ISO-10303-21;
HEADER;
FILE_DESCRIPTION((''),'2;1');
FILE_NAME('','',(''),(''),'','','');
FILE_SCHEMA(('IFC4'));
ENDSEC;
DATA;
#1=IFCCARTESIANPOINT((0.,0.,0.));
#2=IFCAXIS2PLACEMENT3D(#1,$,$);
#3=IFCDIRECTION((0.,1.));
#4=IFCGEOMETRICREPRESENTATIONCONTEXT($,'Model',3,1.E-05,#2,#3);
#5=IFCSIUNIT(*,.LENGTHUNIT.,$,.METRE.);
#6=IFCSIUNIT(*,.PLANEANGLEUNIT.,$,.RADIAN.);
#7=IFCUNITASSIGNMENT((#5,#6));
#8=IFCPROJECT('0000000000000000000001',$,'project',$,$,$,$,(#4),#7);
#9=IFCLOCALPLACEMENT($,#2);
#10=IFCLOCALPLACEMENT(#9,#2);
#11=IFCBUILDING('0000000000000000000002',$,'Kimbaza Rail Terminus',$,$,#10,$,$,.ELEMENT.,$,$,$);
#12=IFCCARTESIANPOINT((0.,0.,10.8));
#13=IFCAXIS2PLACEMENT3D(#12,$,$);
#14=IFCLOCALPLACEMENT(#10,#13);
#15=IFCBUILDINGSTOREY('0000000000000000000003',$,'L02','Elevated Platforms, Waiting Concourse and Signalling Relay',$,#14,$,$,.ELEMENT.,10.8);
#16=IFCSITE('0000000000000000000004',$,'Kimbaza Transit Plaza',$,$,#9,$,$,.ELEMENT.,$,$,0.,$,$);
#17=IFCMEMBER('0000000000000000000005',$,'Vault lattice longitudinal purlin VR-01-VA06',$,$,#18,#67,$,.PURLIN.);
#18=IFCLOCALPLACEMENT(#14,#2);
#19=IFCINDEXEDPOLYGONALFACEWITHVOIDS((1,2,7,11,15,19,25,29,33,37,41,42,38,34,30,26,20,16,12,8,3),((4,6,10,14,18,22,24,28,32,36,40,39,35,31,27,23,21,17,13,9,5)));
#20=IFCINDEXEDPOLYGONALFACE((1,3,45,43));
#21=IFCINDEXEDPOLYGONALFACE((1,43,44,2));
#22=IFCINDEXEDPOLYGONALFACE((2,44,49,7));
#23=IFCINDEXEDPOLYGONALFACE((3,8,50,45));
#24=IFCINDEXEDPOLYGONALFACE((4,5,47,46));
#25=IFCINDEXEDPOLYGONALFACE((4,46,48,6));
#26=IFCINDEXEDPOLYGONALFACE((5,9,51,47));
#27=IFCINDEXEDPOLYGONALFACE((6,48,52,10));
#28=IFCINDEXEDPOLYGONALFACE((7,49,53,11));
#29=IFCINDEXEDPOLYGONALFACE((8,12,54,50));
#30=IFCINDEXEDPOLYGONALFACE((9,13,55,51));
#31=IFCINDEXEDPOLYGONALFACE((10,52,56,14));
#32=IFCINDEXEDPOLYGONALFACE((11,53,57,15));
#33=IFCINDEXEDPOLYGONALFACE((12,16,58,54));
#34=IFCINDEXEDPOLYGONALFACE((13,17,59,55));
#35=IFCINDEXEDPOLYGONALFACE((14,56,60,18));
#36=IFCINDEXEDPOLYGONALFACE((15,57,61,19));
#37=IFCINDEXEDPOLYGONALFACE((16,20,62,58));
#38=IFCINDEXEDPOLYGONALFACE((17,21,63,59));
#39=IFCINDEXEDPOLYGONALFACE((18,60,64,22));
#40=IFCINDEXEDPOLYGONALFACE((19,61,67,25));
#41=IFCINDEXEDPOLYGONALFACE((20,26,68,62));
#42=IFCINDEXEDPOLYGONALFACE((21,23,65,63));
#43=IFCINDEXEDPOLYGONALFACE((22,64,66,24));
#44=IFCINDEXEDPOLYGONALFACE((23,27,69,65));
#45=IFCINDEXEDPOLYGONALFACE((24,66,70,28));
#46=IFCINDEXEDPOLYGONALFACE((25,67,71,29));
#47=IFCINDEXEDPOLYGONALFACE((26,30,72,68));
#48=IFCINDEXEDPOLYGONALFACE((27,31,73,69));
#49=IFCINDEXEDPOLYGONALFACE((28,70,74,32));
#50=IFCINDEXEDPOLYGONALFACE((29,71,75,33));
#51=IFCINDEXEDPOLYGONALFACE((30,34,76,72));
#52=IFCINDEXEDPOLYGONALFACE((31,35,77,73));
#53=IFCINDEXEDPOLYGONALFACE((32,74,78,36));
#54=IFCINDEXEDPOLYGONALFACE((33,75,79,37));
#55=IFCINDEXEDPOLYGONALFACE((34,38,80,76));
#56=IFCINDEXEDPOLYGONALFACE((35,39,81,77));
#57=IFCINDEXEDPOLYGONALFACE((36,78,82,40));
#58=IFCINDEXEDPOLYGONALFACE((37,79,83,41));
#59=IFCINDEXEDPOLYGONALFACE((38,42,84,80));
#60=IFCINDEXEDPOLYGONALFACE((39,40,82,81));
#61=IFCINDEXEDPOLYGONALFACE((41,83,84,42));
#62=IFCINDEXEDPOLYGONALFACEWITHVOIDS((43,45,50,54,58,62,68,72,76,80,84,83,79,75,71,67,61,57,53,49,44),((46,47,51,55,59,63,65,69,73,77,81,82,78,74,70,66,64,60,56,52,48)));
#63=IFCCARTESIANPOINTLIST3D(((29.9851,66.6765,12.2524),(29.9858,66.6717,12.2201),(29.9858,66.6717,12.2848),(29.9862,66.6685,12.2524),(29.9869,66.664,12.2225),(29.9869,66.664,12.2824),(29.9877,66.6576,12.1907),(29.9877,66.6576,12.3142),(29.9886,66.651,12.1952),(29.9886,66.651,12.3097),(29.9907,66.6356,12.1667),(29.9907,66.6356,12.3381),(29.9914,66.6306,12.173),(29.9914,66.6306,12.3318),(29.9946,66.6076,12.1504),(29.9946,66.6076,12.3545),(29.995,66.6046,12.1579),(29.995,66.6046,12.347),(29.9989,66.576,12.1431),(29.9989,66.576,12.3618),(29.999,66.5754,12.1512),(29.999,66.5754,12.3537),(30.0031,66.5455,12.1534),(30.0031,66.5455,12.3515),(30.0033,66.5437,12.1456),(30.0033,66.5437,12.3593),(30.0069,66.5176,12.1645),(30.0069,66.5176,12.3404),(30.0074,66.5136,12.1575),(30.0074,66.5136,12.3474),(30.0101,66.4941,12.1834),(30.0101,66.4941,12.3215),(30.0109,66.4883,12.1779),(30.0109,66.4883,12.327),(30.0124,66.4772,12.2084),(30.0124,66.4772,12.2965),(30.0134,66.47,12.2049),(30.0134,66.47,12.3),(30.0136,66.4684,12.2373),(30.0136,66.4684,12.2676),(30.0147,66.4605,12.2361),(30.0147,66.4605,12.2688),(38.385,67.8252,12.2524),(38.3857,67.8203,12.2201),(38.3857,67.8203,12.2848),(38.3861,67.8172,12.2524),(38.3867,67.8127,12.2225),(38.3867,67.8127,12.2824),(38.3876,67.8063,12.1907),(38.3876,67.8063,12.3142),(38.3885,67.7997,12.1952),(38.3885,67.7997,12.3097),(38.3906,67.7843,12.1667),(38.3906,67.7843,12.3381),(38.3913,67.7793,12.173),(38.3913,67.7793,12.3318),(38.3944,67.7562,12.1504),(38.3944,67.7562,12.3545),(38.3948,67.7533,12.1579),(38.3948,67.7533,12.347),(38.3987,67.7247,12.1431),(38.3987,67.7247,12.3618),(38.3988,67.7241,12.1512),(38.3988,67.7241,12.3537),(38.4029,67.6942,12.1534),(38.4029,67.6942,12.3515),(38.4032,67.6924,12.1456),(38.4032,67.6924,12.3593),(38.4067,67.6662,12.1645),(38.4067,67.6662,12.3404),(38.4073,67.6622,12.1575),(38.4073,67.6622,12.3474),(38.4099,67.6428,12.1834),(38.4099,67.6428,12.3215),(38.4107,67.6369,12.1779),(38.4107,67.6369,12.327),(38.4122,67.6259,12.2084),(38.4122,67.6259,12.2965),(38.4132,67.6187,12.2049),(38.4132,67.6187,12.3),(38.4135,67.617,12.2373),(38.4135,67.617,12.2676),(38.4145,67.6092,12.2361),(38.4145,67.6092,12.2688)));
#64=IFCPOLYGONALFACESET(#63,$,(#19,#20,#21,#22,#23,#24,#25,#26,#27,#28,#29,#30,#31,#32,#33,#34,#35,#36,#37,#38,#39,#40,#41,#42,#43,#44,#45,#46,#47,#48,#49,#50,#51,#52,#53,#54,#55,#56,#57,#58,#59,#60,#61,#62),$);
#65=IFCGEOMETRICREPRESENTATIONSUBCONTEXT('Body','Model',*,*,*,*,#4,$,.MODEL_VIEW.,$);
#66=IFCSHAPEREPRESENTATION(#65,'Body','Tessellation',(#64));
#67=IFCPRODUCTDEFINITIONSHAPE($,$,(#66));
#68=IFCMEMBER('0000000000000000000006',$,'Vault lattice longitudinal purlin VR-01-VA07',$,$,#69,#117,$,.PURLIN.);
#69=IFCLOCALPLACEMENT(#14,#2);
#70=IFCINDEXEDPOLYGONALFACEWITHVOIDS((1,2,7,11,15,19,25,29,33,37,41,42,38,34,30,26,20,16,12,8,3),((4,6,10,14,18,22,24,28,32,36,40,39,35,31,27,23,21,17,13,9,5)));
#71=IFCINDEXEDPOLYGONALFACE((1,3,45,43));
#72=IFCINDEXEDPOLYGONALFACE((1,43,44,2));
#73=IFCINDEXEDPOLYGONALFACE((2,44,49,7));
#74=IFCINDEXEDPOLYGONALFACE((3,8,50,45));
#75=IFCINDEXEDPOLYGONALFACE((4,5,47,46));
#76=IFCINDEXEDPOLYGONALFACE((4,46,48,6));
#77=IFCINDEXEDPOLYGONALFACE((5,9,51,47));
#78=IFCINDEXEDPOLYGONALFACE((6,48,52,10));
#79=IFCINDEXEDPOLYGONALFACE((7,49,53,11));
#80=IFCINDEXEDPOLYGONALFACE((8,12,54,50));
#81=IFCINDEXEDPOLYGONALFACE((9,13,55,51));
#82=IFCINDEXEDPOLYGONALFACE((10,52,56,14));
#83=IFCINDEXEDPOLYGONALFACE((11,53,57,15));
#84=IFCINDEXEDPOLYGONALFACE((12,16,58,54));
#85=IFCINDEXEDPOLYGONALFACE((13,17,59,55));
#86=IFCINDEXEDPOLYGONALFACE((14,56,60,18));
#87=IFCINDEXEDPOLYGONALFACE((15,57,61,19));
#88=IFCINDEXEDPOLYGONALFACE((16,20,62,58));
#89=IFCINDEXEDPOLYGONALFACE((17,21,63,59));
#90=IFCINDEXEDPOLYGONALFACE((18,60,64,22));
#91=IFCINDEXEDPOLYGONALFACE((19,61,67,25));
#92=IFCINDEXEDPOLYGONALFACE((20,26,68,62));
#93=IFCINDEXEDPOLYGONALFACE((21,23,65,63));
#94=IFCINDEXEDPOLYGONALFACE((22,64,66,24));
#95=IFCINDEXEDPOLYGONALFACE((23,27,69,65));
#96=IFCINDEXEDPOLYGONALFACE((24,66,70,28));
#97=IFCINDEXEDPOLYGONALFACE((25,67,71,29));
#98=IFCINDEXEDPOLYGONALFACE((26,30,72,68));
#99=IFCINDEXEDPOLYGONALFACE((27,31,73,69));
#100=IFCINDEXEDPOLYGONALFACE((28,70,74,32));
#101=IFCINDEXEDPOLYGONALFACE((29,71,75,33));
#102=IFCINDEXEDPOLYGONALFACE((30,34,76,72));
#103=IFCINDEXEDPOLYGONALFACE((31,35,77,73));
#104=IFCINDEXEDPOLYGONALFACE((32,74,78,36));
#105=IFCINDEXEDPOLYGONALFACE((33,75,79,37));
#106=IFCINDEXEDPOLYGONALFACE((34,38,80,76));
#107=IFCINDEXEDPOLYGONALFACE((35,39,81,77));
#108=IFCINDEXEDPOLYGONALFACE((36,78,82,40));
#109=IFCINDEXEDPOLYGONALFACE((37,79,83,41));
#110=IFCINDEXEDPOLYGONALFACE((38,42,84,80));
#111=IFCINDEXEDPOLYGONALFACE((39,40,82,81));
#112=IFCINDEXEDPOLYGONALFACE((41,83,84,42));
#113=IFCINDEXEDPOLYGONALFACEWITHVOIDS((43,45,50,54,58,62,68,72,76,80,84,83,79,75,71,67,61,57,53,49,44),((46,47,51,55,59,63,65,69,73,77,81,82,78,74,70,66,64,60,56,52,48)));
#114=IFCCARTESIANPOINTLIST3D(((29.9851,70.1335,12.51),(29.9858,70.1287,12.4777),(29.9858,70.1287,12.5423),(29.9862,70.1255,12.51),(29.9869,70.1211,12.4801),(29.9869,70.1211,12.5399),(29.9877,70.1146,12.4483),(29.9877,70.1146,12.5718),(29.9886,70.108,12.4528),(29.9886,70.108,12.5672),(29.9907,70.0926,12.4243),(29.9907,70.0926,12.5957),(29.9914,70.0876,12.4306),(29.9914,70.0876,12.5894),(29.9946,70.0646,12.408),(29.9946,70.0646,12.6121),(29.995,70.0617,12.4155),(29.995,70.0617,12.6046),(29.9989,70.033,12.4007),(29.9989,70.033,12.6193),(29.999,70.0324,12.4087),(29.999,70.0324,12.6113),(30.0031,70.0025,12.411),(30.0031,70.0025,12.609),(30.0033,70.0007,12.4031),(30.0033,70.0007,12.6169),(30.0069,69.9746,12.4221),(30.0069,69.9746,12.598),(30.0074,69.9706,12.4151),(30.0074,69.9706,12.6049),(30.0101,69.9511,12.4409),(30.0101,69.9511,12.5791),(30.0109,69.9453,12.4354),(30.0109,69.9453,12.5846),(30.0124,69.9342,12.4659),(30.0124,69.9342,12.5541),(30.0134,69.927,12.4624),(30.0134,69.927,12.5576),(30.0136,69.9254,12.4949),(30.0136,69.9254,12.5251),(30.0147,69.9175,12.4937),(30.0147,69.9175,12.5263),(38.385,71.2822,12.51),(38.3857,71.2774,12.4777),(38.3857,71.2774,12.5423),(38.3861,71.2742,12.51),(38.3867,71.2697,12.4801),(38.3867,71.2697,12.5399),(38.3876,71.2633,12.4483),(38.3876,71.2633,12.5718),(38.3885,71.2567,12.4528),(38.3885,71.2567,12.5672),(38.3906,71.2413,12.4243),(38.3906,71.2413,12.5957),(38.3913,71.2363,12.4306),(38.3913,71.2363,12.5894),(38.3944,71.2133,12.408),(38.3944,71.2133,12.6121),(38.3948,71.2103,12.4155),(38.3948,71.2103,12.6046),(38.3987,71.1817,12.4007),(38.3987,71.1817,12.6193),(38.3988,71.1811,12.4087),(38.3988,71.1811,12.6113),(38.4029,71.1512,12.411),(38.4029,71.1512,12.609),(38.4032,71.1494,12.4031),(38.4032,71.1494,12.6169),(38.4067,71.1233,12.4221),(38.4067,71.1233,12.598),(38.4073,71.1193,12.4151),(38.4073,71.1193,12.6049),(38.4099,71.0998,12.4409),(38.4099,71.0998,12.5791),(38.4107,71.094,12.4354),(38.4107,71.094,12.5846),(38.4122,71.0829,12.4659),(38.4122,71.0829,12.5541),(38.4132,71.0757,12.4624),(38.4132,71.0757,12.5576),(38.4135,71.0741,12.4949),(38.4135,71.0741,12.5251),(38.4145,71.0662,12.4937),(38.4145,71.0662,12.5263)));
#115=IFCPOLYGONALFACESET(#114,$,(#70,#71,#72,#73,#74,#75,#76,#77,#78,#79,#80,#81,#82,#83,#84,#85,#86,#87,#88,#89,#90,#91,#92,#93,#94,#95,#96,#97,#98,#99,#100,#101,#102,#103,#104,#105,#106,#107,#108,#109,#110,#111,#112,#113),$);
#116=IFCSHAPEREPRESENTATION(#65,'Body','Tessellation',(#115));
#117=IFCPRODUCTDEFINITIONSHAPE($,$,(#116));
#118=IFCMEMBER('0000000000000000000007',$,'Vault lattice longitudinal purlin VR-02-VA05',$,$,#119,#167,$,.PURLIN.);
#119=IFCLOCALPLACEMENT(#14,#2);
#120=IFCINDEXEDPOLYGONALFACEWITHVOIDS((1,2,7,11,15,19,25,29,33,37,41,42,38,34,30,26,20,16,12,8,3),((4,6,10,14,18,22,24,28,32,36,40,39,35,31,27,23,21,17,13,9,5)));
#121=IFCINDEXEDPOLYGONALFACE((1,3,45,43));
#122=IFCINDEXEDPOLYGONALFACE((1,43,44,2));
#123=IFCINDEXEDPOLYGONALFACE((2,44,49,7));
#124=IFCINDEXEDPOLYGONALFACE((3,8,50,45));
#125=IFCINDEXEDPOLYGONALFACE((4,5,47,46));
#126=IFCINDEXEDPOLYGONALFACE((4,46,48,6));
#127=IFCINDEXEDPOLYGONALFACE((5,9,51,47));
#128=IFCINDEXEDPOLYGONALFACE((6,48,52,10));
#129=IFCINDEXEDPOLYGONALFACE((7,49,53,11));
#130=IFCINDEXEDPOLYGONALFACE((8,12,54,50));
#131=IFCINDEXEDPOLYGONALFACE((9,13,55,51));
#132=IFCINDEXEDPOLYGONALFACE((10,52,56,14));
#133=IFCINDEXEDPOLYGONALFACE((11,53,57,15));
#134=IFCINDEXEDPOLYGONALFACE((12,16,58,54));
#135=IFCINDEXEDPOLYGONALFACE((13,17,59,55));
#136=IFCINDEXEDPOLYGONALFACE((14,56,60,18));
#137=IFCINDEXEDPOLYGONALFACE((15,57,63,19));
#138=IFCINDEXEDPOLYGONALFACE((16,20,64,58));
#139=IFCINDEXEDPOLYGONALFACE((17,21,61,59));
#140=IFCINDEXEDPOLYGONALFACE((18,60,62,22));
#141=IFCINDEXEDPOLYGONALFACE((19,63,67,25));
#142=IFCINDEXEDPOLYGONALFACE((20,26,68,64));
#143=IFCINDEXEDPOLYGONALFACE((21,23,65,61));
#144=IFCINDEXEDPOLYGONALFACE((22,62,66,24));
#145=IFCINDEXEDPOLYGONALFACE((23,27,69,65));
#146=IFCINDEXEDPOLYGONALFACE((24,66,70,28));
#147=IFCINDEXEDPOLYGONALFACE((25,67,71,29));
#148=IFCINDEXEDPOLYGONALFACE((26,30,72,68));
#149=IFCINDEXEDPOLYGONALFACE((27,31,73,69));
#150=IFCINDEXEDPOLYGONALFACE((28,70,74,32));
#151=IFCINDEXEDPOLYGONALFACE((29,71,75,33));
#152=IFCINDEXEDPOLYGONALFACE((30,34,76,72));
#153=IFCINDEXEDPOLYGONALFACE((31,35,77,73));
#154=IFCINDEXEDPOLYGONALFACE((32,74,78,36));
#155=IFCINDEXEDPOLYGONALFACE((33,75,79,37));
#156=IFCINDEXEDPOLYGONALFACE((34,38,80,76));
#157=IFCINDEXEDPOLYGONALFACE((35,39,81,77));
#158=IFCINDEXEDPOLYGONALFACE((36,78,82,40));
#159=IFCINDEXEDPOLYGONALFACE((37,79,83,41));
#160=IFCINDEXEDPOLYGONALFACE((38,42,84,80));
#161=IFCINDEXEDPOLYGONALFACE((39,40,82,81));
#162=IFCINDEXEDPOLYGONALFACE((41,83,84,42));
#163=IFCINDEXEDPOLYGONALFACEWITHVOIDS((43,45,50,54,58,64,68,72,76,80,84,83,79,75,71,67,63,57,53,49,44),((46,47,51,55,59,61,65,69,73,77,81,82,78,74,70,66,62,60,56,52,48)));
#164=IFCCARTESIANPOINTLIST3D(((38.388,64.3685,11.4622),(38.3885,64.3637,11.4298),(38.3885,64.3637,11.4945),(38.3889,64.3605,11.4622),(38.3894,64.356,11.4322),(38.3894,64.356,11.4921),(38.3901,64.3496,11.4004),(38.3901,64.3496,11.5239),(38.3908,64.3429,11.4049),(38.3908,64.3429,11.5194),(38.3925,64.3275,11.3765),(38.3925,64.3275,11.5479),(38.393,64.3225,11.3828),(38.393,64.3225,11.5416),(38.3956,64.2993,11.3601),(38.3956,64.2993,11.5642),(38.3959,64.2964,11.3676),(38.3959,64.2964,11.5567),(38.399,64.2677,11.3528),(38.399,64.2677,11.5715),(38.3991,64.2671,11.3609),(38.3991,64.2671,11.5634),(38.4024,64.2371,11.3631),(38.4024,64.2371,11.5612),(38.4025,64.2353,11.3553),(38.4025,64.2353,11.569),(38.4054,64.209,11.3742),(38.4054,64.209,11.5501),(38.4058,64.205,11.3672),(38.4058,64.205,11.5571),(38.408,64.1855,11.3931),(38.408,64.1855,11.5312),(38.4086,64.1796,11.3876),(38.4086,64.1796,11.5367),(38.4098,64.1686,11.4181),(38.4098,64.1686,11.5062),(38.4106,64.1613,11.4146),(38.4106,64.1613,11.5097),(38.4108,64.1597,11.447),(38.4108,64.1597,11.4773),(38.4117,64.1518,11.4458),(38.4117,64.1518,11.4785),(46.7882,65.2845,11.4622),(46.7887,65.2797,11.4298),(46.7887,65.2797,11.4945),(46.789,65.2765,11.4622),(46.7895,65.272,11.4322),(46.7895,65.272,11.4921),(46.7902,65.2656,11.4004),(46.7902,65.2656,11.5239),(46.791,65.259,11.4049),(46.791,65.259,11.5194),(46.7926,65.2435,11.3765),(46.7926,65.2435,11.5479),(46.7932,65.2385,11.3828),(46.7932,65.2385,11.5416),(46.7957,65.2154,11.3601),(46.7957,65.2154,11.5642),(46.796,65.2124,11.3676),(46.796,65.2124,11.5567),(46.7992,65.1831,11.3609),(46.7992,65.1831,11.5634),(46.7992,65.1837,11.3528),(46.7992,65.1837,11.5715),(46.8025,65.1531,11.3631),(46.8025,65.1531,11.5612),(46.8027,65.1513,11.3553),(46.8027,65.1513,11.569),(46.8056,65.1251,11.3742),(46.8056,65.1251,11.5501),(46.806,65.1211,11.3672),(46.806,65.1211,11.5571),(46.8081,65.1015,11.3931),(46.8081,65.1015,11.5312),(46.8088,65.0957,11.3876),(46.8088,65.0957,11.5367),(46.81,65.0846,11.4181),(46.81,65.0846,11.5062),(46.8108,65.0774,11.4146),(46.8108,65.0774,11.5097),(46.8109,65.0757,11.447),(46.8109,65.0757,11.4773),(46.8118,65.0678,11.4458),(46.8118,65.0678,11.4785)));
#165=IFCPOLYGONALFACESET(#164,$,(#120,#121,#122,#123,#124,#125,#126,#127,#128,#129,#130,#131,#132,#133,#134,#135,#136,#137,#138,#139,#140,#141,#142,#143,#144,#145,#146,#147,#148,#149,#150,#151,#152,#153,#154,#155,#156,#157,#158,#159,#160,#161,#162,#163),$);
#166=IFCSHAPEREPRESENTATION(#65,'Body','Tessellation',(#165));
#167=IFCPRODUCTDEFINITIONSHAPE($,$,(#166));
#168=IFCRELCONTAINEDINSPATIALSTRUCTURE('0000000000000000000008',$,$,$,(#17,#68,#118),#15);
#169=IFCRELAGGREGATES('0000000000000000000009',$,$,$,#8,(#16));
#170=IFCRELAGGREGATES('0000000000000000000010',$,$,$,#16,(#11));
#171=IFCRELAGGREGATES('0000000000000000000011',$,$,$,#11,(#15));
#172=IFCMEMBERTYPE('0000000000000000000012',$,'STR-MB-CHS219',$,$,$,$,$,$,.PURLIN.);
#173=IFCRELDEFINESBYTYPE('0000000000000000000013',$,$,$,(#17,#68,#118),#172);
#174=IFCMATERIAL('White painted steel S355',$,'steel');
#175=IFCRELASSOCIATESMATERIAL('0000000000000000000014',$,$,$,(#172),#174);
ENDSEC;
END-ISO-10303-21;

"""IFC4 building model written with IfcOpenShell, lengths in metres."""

from ifc_helpers import new_model, si_unit, direction, frame, origin, origin_2d, place, context, subcontext, project, spatial, hollow_circle, extrude, material, material_profile, profile_set, type_object, element, save


model = new_model("IFC4")

# Units and contexts
model_context = context("Model", 3, precision=1e-05, world=origin(), true_north=direction((0.0, 1.0)))
body_context = subcontext(model_context, "Body", "Model", "MODEL_VIEW")
ifc_project = project(units=[si_unit("LENGTHUNIT", "METRE"), si_unit("PLANEANGLEUNIT", "RADIAN")], contexts=[model_context])

# Site, building, storey
site_placement = place(None, origin())
site = spatial("IfcSite", under=ifc_project, at=site_placement, Name="Kimbaza Transit Plaza", CompositionType="ELEMENT", RefElevation=0.0)
building_placement = place(site_placement, origin())
building = spatial("IfcBuilding", under=site, at=building_placement, Name="Kimbaza Rail Terminus", CompositionType="ELEMENT")
storey_placement = place(building_placement, frame((0.0, 0.0, 10.8)))
storey = spatial("IfcBuildingStorey", under=building, at=storey_placement, Name="L02", Description="Elevated Platforms, Waiting Concourse and Signalling Relay", CompositionType="ELEMENT", Elevation=10.8)

# Members
ifc_material_1 = material(Name="White painted steel S355", Category="steel")
ifc_material_profile_1 = material_profile(ifc_material_1, hollow_circle(Radius=0.1096, WallThickness=0.0081, at=origin_2d()), Name="CHS 219.1x8")
ifc_profile_set_1 = profile_set([ifc_material_profile_1], Name="White painted steel S355")
member_type_1 = type_object("IfcMemberType", Name="STR-MB-CHS219", PredefinedType="PURLIN", material=ifc_profile_set_1)
for number, where, z_axis, x_axis, name in (
    (1, (30.0, 66.5679, 12.2524), (0.990779, 0.135488, 0.0), (-0.135488, 0.990779, 0.0), "Vault lattice longitudinal purlin VR-01-VA06"),
    (2, (30.0, 70.0249, 12.51), (0.990779, 0.135488, 0.0), (-0.135488, 0.990779, 0.0), "Vault lattice longitudinal purlin VR-01-VA07"),
):
    element("IfcMember", number, at=place(storey_placement, frame(where, z_axis=z_axis, x_axis=x_axis)), inside=storey, type_object=member_type_1, Name=name, PredefinedType="PURLIN", context=body_context, shape_type="SweptSolid", body=[
        extrude(hollow_circle(Radius=0.1096, WallThickness=0.0081, at=origin_2d()), origin(), (0.0, 0.0, 1.0), 8.478),
    ])
for number, where, z_axis, x_axis, name in (
    (3, (38.3999, 64.2595, 11.4622), (0.994107, 0.108405, 0.0), (-0.108405, 0.994107, 0.0), "Vault lattice longitudinal purlin VR-02-VA05"),
):
    element("IfcMember", number, at=place(storey_placement, frame(where, z_axis=z_axis, x_axis=x_axis)), inside=storey, type_object=member_type_1, Name=name, PredefinedType="PURLIN", context=body_context, shape_type="SweptSolid", body=[
        extrude(hollow_circle(Radius=0.1096, WallThickness=0.0081, at=origin_2d()), origin(), (0.0, 0.0, 1.0), 8.45),
    ])

save(model, "model.ifc")
